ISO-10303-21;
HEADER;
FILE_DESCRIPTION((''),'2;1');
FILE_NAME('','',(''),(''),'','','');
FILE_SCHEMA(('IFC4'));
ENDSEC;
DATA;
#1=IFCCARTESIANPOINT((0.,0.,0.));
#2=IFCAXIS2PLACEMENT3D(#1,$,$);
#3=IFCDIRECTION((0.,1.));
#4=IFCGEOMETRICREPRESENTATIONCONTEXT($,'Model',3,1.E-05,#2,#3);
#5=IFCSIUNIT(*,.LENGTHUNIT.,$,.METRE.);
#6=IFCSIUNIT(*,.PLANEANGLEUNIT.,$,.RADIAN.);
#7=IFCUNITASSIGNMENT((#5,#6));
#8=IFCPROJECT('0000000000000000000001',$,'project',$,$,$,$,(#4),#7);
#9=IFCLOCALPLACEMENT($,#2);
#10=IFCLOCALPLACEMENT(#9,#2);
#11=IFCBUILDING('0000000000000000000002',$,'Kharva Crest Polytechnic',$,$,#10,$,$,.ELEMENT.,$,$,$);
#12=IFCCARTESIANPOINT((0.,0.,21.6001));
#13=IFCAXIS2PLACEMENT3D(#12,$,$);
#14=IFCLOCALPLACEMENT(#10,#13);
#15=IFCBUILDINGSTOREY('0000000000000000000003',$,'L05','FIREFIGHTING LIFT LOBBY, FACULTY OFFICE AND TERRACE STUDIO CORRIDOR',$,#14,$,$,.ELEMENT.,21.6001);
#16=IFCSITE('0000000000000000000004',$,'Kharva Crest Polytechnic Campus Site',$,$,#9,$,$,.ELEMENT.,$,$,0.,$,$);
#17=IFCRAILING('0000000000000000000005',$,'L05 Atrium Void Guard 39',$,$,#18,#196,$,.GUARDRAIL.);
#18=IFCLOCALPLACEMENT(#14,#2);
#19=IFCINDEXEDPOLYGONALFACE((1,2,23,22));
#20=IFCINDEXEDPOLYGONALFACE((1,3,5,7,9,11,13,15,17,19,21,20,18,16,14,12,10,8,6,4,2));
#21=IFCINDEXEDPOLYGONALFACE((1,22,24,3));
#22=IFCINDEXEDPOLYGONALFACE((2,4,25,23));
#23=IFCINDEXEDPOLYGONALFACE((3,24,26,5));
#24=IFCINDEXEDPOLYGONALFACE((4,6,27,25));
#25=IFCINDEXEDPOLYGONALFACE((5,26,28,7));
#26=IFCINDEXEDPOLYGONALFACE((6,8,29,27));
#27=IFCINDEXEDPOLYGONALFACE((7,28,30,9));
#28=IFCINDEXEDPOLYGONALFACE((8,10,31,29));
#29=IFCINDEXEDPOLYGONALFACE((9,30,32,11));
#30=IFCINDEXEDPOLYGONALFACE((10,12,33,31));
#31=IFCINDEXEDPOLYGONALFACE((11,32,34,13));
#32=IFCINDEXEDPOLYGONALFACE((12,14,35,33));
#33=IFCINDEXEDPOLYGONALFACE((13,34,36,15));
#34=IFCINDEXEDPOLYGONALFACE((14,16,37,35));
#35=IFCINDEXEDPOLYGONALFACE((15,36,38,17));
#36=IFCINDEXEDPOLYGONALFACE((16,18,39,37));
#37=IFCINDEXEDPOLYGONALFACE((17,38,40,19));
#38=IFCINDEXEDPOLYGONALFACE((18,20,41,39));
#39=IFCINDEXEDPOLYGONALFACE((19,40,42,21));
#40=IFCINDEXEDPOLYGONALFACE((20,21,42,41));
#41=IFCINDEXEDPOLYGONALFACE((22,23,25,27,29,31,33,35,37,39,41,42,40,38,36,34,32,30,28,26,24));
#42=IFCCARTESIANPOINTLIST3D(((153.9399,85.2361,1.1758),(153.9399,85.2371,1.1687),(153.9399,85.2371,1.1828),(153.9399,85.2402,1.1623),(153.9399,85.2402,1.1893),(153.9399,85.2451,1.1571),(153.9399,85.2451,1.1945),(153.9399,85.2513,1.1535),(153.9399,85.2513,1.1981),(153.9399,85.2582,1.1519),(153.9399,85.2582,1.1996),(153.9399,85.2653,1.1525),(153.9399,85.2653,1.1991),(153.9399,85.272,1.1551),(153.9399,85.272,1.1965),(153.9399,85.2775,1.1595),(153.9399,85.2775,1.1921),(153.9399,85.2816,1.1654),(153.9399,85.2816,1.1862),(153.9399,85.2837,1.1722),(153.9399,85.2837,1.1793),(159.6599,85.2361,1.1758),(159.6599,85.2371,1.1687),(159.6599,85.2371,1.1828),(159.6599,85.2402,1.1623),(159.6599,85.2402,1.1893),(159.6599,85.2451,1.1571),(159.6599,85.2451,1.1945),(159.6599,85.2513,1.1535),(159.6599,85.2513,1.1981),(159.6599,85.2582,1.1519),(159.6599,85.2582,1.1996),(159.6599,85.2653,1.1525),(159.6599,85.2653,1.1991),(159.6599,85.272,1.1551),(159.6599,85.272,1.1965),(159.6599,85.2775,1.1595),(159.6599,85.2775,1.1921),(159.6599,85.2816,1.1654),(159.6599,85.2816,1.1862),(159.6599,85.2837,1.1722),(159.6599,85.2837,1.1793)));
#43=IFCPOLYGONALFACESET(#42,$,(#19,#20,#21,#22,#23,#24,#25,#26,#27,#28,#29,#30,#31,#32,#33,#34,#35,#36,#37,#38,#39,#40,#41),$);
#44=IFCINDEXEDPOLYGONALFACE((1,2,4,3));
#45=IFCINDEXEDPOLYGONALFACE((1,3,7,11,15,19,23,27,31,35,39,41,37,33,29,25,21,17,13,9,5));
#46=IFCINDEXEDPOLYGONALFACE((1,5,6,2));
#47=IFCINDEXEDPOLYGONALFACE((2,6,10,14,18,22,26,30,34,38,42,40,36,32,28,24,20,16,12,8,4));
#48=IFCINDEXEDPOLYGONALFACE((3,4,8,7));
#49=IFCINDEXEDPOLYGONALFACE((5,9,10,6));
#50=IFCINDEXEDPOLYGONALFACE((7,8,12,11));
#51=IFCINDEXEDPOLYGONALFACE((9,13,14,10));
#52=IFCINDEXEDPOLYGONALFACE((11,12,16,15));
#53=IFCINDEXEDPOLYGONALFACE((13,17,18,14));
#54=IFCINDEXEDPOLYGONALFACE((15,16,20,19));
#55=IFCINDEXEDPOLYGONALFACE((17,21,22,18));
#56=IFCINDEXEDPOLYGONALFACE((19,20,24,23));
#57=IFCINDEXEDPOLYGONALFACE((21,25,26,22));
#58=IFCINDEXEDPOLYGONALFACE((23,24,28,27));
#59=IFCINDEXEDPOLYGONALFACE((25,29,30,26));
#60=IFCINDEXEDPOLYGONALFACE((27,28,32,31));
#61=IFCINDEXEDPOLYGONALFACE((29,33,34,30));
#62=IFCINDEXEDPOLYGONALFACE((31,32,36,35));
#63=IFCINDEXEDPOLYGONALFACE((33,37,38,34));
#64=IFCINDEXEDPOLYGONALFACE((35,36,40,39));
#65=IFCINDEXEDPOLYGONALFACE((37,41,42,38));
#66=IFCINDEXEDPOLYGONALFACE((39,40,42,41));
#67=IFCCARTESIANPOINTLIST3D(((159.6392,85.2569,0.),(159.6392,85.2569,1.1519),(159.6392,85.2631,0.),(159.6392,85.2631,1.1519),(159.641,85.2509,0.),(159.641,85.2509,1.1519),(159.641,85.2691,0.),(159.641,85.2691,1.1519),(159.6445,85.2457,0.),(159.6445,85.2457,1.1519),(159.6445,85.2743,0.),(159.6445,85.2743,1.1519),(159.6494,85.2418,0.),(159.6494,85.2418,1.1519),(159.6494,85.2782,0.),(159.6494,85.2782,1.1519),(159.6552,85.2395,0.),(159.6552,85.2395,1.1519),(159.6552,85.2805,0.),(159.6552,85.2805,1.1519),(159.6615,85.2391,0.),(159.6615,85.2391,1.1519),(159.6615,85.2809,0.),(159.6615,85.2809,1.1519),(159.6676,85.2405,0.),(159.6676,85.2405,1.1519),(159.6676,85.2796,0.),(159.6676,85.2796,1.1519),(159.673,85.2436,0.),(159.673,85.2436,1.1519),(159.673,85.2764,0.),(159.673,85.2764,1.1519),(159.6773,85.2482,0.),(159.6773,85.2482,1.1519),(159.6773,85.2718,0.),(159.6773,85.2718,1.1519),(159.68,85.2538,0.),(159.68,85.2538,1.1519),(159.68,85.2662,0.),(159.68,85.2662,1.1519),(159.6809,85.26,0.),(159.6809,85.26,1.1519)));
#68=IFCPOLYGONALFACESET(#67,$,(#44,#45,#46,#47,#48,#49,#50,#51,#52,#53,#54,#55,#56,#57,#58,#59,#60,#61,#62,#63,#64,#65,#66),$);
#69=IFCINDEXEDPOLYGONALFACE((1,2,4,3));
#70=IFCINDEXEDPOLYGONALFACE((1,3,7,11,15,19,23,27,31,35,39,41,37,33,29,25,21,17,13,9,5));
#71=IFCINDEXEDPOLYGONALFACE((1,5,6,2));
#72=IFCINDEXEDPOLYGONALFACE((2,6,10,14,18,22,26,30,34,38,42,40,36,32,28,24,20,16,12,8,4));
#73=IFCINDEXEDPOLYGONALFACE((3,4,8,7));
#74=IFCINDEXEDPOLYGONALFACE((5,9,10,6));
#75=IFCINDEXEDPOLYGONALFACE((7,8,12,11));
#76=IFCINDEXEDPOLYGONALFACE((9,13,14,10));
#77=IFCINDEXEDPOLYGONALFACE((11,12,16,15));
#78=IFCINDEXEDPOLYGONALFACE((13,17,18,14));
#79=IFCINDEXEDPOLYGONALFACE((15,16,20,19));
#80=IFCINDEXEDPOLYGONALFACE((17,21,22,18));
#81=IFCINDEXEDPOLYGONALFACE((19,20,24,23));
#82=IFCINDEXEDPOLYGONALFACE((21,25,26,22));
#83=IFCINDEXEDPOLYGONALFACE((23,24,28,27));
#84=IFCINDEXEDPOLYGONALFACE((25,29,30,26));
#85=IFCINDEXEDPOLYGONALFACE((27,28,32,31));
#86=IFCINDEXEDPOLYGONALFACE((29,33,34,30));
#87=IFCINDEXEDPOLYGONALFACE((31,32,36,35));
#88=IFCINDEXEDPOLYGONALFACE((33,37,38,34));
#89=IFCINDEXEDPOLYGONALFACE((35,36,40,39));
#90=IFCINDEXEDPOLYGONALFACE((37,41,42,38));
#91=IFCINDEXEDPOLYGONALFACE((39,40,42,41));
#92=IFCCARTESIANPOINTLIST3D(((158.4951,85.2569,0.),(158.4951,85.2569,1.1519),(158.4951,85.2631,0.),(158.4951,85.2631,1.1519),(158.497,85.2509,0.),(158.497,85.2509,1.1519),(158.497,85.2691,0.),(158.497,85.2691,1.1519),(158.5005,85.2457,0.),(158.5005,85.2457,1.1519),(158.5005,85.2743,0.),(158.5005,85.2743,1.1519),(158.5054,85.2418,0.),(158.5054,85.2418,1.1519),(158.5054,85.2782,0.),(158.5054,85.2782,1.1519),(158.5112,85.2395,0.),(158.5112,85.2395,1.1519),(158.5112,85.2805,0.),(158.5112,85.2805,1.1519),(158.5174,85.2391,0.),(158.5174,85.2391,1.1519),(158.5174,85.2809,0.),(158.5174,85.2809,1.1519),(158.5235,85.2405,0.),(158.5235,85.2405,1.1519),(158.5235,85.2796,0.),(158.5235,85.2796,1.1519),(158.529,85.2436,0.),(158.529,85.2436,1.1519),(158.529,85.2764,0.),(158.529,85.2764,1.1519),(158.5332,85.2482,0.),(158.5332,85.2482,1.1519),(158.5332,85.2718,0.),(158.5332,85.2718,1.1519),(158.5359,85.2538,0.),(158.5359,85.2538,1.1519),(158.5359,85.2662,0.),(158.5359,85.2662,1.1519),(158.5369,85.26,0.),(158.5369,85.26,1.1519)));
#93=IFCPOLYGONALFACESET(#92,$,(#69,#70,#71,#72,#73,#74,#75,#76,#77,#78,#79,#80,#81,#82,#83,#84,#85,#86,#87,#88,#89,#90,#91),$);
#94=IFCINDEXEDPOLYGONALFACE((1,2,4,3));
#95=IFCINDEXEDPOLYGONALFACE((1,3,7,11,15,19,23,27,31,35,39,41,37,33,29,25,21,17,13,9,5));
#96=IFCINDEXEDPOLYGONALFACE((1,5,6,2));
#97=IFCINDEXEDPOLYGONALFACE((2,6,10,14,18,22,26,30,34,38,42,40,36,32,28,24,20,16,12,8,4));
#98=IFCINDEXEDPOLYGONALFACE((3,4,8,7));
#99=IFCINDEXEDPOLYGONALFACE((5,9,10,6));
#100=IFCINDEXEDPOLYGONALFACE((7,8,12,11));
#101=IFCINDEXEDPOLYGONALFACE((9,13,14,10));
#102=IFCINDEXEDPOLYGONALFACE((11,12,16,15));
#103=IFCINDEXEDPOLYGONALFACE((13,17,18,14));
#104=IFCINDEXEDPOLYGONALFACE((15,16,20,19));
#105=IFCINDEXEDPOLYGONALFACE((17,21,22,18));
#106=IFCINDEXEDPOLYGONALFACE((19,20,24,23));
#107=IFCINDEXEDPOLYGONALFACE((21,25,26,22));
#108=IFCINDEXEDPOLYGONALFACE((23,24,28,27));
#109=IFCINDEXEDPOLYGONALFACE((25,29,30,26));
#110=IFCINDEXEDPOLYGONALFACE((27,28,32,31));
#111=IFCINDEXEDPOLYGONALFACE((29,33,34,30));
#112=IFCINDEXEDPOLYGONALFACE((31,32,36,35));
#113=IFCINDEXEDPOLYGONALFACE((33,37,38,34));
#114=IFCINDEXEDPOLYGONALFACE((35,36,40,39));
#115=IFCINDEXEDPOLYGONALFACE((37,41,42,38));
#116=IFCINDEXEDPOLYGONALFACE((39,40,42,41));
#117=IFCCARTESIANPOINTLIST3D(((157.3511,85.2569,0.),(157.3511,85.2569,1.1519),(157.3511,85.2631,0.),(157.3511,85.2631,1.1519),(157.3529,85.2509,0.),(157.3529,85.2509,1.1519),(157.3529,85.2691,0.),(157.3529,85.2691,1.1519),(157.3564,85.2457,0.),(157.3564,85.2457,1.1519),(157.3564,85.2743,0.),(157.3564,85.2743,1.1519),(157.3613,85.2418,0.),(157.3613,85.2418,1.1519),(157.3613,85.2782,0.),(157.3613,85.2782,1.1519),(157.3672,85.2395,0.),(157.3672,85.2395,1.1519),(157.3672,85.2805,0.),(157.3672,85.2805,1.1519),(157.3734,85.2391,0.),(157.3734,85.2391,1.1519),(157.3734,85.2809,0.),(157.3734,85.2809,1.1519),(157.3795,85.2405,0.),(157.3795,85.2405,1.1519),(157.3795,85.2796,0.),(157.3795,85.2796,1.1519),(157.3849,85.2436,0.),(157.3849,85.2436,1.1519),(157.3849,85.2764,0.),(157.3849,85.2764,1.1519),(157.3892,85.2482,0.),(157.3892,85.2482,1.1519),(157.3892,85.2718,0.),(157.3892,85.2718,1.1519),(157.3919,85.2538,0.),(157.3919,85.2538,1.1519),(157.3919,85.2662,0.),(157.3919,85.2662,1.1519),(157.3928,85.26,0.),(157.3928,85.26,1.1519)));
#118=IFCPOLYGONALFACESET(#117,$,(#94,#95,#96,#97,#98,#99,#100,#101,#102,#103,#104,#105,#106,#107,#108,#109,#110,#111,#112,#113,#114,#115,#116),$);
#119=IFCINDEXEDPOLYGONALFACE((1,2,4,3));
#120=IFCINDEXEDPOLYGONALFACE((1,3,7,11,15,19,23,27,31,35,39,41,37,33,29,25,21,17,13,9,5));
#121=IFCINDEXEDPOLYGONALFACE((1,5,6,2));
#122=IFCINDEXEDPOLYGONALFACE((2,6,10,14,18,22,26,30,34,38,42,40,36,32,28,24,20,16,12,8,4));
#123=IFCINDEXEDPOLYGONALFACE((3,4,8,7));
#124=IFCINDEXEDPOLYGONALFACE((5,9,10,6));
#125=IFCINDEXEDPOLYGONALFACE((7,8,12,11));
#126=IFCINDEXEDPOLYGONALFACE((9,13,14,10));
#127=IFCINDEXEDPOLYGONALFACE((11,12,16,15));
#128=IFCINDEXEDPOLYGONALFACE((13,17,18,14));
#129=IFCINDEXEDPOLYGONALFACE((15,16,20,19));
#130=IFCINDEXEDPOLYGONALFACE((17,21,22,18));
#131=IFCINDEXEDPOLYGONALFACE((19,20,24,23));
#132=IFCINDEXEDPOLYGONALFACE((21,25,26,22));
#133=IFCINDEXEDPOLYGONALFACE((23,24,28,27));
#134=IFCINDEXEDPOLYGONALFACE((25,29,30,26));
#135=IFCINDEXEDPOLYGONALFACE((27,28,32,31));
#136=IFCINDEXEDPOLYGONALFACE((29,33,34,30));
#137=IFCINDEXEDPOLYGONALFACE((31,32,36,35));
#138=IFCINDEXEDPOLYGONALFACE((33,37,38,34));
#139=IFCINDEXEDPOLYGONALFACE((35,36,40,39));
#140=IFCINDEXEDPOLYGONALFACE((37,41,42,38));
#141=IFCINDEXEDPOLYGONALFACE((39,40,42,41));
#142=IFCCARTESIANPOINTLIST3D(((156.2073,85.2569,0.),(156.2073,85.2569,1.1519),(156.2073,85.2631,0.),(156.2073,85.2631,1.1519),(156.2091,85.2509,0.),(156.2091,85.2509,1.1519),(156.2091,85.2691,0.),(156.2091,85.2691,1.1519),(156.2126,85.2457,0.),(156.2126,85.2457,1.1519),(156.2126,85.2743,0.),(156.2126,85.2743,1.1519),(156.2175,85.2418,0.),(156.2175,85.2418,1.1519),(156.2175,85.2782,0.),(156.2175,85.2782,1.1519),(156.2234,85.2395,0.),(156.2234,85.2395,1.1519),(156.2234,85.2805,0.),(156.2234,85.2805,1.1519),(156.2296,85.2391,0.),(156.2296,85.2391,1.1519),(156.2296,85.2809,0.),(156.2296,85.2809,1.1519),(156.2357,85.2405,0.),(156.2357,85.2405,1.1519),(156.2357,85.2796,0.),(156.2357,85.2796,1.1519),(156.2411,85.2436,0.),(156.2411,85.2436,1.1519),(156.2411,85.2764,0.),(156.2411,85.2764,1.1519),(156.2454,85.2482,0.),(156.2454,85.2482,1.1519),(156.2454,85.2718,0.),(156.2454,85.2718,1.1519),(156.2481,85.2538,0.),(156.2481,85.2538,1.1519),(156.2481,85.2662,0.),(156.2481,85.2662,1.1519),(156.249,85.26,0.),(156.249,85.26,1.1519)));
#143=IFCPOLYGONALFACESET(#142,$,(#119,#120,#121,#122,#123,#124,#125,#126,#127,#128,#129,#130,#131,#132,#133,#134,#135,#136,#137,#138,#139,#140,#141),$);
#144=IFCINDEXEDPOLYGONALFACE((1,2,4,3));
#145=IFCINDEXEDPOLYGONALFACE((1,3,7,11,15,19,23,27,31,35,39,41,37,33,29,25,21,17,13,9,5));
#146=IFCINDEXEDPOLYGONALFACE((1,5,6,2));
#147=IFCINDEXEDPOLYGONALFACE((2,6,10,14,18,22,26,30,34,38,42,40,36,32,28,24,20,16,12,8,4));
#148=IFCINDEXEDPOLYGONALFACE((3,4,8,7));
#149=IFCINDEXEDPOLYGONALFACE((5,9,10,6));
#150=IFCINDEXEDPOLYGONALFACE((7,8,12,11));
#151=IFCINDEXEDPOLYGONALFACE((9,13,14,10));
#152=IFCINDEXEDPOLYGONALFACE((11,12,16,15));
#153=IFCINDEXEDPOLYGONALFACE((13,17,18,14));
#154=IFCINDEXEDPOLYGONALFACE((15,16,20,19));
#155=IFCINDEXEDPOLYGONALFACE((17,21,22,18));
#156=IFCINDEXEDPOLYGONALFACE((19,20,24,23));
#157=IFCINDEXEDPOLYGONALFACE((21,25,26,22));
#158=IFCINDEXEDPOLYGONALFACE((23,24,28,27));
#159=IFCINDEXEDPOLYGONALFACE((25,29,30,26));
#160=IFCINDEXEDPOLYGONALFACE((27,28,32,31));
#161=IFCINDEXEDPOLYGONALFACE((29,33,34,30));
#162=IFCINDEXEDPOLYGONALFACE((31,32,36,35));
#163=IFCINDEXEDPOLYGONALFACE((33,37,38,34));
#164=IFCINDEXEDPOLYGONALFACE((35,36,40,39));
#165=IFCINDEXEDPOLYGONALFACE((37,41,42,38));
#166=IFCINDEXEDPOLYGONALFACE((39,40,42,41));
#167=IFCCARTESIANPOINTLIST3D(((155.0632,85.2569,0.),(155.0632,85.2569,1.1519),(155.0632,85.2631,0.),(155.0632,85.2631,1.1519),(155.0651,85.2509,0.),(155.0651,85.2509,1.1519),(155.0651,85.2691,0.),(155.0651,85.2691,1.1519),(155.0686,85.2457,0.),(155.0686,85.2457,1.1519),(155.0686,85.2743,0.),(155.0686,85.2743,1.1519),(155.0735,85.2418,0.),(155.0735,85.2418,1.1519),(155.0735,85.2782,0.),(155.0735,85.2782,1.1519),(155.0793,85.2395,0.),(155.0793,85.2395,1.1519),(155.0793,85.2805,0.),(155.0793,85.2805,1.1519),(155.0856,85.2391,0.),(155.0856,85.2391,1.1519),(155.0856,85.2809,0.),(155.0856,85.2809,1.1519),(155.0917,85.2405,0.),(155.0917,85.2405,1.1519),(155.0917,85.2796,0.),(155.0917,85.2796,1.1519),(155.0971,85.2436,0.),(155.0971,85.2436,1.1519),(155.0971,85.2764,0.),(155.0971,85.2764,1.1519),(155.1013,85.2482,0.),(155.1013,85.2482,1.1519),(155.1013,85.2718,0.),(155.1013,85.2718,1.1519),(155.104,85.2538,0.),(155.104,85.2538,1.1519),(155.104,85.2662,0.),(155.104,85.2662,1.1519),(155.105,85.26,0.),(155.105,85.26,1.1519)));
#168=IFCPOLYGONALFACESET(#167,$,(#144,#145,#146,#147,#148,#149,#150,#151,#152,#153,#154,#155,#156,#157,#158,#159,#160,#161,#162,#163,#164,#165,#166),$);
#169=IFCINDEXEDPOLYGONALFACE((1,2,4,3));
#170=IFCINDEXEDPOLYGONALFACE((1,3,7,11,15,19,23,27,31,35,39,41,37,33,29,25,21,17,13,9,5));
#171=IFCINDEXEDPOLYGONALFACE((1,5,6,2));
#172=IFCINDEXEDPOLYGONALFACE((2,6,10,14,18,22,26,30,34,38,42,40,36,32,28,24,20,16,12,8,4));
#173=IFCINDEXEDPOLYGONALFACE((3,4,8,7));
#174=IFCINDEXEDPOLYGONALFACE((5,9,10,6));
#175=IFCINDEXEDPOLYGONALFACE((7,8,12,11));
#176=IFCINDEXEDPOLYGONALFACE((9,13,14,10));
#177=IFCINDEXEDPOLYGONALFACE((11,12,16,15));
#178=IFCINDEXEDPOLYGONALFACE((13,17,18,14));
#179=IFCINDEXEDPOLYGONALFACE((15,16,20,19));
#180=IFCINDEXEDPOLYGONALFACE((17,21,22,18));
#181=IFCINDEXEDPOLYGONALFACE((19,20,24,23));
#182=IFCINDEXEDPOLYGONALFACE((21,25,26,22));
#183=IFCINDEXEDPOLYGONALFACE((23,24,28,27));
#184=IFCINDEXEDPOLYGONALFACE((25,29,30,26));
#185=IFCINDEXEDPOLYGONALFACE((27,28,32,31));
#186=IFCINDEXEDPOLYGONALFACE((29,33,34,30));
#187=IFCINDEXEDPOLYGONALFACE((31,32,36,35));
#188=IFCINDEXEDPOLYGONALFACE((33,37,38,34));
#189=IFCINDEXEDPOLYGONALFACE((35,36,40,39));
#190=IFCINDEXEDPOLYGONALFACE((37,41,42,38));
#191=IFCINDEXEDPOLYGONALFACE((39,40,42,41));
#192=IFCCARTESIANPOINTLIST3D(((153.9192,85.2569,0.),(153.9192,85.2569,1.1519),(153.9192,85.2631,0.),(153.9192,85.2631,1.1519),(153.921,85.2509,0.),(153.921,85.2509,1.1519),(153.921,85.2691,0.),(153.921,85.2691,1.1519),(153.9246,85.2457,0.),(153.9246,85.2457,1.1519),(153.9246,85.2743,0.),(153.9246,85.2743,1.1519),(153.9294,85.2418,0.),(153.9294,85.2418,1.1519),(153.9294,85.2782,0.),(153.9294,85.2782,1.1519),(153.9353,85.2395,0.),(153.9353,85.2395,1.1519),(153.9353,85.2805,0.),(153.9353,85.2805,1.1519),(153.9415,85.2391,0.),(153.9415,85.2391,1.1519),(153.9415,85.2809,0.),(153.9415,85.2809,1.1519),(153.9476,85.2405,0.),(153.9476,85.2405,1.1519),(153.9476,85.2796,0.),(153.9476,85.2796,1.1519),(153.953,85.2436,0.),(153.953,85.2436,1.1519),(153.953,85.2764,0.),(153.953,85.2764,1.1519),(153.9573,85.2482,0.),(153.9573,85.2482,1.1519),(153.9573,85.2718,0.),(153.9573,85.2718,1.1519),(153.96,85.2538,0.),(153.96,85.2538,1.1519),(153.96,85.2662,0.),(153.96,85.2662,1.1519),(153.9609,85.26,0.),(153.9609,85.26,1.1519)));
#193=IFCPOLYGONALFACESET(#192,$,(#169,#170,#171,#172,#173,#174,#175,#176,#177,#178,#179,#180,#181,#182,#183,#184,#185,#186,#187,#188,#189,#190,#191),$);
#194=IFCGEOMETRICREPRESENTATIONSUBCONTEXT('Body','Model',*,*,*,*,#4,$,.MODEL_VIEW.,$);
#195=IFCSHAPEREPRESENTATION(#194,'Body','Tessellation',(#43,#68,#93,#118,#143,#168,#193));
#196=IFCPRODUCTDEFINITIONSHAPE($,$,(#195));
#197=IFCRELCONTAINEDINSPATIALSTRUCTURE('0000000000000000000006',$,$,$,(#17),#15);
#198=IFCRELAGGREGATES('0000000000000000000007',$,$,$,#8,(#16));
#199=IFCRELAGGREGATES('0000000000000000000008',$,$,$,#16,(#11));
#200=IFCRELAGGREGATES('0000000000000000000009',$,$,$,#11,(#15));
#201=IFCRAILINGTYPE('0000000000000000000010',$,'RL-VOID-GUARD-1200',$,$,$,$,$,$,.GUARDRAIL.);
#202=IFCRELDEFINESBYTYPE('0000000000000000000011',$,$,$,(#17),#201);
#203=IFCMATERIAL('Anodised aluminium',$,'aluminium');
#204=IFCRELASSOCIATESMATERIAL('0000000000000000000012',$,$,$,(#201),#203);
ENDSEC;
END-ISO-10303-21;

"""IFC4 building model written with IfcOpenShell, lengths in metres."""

from ifc_helpers import new_model, si_unit, direction, frame, origin, origin_2d, place, context, subcontext, project, spatial, circle, extrude, material, type_object, element, save


model = new_model("IFC4")

# Units and contexts
model_context = context("Model", 3, precision=1e-05, world=origin(), true_north=direction((0.0, 1.0)))
body_context = subcontext(model_context, "Body", "Model", "MODEL_VIEW")
ifc_project = project(units=[si_unit("LENGTHUNIT", "METRE"), si_unit("PLANEANGLEUNIT", "RADIAN")], contexts=[model_context])

# Site, building, storey
site_placement = place(None, origin())
site = spatial("IfcSite", under=ifc_project, at=site_placement, Name="Kharva Crest Polytechnic Campus Site", CompositionType="ELEMENT", RefElevation=0.0)
building_placement = place(site_placement, origin())
building = spatial("IfcBuilding", under=site, at=building_placement, Name="Kharva Crest Polytechnic", CompositionType="ELEMENT")
storey_placement = place(building_placement, frame((0.0, 0.0, 21.6001)))
storey = spatial("IfcBuildingStorey", under=building, at=storey_placement, Name="L05", Description="FIREFIGHTING LIFT LOBBY, FACULTY OFFICE AND TERRACE STUDIO CORRIDOR", CompositionType="ELEMENT", Elevation=21.6001)

# Shared definitions
ifc_material_1 = material(Name="Anodised aluminium", Category="aluminium")

# Railing
railing_type = type_object("IfcRailingType", Name="RL-VOID-GUARD-1200", PredefinedType="GUARDRAIL", material=ifc_material_1)
railing_1_placement = place(storey_placement, frame((159.6599, 85.26, 0.0)))
element("IfcRailing", 1, at=railing_1_placement, inside=storey, type_object=railing_type, Name="L05 Atrium Void Guard 39", PredefinedType="GUARDRAIL", context=body_context, shape_type="SweptSolid", body=[
    extrude(circle(Radius=0.0239, at=origin_2d()), frame((0.0, 0.0, 1.1758), z_axis=(-1.0, 0.0, 0.0), x_axis=(0.0, -1.0, 0.0)), (0.0, 0.0, 1.0), 5.72),
    extrude(circle(Radius=0.021, at=origin_2d()), origin(), (0.0, 0.0, 1.0), 1.1519),
    extrude(circle(Radius=0.021, at=origin_2d()), frame((-1.144, 0.0, 0.0)), (0.0, 0.0, 1.0), 1.1519),
    extrude(circle(Radius=0.021, at=origin_2d()), frame((-2.2881, 0.0, 0.0)), (0.0, 0.0, 1.0), 1.1519),
    extrude(circle(Radius=0.021, at=origin_2d()), frame((-3.4319, 0.0, 0.0)), (0.0, 0.0, 1.0), 1.1519),
    extrude(circle(Radius=0.021, at=origin_2d()), frame((-4.5759, 0.0, 0.0)), (0.0, 0.0, 1.0), 1.1519),
    extrude(circle(Radius=0.021, at=origin_2d()), frame((-5.72, 0.0, 0.0)), (0.0, 0.0, 1.0), 1.1519),
])

save(model, "model.ifc")
